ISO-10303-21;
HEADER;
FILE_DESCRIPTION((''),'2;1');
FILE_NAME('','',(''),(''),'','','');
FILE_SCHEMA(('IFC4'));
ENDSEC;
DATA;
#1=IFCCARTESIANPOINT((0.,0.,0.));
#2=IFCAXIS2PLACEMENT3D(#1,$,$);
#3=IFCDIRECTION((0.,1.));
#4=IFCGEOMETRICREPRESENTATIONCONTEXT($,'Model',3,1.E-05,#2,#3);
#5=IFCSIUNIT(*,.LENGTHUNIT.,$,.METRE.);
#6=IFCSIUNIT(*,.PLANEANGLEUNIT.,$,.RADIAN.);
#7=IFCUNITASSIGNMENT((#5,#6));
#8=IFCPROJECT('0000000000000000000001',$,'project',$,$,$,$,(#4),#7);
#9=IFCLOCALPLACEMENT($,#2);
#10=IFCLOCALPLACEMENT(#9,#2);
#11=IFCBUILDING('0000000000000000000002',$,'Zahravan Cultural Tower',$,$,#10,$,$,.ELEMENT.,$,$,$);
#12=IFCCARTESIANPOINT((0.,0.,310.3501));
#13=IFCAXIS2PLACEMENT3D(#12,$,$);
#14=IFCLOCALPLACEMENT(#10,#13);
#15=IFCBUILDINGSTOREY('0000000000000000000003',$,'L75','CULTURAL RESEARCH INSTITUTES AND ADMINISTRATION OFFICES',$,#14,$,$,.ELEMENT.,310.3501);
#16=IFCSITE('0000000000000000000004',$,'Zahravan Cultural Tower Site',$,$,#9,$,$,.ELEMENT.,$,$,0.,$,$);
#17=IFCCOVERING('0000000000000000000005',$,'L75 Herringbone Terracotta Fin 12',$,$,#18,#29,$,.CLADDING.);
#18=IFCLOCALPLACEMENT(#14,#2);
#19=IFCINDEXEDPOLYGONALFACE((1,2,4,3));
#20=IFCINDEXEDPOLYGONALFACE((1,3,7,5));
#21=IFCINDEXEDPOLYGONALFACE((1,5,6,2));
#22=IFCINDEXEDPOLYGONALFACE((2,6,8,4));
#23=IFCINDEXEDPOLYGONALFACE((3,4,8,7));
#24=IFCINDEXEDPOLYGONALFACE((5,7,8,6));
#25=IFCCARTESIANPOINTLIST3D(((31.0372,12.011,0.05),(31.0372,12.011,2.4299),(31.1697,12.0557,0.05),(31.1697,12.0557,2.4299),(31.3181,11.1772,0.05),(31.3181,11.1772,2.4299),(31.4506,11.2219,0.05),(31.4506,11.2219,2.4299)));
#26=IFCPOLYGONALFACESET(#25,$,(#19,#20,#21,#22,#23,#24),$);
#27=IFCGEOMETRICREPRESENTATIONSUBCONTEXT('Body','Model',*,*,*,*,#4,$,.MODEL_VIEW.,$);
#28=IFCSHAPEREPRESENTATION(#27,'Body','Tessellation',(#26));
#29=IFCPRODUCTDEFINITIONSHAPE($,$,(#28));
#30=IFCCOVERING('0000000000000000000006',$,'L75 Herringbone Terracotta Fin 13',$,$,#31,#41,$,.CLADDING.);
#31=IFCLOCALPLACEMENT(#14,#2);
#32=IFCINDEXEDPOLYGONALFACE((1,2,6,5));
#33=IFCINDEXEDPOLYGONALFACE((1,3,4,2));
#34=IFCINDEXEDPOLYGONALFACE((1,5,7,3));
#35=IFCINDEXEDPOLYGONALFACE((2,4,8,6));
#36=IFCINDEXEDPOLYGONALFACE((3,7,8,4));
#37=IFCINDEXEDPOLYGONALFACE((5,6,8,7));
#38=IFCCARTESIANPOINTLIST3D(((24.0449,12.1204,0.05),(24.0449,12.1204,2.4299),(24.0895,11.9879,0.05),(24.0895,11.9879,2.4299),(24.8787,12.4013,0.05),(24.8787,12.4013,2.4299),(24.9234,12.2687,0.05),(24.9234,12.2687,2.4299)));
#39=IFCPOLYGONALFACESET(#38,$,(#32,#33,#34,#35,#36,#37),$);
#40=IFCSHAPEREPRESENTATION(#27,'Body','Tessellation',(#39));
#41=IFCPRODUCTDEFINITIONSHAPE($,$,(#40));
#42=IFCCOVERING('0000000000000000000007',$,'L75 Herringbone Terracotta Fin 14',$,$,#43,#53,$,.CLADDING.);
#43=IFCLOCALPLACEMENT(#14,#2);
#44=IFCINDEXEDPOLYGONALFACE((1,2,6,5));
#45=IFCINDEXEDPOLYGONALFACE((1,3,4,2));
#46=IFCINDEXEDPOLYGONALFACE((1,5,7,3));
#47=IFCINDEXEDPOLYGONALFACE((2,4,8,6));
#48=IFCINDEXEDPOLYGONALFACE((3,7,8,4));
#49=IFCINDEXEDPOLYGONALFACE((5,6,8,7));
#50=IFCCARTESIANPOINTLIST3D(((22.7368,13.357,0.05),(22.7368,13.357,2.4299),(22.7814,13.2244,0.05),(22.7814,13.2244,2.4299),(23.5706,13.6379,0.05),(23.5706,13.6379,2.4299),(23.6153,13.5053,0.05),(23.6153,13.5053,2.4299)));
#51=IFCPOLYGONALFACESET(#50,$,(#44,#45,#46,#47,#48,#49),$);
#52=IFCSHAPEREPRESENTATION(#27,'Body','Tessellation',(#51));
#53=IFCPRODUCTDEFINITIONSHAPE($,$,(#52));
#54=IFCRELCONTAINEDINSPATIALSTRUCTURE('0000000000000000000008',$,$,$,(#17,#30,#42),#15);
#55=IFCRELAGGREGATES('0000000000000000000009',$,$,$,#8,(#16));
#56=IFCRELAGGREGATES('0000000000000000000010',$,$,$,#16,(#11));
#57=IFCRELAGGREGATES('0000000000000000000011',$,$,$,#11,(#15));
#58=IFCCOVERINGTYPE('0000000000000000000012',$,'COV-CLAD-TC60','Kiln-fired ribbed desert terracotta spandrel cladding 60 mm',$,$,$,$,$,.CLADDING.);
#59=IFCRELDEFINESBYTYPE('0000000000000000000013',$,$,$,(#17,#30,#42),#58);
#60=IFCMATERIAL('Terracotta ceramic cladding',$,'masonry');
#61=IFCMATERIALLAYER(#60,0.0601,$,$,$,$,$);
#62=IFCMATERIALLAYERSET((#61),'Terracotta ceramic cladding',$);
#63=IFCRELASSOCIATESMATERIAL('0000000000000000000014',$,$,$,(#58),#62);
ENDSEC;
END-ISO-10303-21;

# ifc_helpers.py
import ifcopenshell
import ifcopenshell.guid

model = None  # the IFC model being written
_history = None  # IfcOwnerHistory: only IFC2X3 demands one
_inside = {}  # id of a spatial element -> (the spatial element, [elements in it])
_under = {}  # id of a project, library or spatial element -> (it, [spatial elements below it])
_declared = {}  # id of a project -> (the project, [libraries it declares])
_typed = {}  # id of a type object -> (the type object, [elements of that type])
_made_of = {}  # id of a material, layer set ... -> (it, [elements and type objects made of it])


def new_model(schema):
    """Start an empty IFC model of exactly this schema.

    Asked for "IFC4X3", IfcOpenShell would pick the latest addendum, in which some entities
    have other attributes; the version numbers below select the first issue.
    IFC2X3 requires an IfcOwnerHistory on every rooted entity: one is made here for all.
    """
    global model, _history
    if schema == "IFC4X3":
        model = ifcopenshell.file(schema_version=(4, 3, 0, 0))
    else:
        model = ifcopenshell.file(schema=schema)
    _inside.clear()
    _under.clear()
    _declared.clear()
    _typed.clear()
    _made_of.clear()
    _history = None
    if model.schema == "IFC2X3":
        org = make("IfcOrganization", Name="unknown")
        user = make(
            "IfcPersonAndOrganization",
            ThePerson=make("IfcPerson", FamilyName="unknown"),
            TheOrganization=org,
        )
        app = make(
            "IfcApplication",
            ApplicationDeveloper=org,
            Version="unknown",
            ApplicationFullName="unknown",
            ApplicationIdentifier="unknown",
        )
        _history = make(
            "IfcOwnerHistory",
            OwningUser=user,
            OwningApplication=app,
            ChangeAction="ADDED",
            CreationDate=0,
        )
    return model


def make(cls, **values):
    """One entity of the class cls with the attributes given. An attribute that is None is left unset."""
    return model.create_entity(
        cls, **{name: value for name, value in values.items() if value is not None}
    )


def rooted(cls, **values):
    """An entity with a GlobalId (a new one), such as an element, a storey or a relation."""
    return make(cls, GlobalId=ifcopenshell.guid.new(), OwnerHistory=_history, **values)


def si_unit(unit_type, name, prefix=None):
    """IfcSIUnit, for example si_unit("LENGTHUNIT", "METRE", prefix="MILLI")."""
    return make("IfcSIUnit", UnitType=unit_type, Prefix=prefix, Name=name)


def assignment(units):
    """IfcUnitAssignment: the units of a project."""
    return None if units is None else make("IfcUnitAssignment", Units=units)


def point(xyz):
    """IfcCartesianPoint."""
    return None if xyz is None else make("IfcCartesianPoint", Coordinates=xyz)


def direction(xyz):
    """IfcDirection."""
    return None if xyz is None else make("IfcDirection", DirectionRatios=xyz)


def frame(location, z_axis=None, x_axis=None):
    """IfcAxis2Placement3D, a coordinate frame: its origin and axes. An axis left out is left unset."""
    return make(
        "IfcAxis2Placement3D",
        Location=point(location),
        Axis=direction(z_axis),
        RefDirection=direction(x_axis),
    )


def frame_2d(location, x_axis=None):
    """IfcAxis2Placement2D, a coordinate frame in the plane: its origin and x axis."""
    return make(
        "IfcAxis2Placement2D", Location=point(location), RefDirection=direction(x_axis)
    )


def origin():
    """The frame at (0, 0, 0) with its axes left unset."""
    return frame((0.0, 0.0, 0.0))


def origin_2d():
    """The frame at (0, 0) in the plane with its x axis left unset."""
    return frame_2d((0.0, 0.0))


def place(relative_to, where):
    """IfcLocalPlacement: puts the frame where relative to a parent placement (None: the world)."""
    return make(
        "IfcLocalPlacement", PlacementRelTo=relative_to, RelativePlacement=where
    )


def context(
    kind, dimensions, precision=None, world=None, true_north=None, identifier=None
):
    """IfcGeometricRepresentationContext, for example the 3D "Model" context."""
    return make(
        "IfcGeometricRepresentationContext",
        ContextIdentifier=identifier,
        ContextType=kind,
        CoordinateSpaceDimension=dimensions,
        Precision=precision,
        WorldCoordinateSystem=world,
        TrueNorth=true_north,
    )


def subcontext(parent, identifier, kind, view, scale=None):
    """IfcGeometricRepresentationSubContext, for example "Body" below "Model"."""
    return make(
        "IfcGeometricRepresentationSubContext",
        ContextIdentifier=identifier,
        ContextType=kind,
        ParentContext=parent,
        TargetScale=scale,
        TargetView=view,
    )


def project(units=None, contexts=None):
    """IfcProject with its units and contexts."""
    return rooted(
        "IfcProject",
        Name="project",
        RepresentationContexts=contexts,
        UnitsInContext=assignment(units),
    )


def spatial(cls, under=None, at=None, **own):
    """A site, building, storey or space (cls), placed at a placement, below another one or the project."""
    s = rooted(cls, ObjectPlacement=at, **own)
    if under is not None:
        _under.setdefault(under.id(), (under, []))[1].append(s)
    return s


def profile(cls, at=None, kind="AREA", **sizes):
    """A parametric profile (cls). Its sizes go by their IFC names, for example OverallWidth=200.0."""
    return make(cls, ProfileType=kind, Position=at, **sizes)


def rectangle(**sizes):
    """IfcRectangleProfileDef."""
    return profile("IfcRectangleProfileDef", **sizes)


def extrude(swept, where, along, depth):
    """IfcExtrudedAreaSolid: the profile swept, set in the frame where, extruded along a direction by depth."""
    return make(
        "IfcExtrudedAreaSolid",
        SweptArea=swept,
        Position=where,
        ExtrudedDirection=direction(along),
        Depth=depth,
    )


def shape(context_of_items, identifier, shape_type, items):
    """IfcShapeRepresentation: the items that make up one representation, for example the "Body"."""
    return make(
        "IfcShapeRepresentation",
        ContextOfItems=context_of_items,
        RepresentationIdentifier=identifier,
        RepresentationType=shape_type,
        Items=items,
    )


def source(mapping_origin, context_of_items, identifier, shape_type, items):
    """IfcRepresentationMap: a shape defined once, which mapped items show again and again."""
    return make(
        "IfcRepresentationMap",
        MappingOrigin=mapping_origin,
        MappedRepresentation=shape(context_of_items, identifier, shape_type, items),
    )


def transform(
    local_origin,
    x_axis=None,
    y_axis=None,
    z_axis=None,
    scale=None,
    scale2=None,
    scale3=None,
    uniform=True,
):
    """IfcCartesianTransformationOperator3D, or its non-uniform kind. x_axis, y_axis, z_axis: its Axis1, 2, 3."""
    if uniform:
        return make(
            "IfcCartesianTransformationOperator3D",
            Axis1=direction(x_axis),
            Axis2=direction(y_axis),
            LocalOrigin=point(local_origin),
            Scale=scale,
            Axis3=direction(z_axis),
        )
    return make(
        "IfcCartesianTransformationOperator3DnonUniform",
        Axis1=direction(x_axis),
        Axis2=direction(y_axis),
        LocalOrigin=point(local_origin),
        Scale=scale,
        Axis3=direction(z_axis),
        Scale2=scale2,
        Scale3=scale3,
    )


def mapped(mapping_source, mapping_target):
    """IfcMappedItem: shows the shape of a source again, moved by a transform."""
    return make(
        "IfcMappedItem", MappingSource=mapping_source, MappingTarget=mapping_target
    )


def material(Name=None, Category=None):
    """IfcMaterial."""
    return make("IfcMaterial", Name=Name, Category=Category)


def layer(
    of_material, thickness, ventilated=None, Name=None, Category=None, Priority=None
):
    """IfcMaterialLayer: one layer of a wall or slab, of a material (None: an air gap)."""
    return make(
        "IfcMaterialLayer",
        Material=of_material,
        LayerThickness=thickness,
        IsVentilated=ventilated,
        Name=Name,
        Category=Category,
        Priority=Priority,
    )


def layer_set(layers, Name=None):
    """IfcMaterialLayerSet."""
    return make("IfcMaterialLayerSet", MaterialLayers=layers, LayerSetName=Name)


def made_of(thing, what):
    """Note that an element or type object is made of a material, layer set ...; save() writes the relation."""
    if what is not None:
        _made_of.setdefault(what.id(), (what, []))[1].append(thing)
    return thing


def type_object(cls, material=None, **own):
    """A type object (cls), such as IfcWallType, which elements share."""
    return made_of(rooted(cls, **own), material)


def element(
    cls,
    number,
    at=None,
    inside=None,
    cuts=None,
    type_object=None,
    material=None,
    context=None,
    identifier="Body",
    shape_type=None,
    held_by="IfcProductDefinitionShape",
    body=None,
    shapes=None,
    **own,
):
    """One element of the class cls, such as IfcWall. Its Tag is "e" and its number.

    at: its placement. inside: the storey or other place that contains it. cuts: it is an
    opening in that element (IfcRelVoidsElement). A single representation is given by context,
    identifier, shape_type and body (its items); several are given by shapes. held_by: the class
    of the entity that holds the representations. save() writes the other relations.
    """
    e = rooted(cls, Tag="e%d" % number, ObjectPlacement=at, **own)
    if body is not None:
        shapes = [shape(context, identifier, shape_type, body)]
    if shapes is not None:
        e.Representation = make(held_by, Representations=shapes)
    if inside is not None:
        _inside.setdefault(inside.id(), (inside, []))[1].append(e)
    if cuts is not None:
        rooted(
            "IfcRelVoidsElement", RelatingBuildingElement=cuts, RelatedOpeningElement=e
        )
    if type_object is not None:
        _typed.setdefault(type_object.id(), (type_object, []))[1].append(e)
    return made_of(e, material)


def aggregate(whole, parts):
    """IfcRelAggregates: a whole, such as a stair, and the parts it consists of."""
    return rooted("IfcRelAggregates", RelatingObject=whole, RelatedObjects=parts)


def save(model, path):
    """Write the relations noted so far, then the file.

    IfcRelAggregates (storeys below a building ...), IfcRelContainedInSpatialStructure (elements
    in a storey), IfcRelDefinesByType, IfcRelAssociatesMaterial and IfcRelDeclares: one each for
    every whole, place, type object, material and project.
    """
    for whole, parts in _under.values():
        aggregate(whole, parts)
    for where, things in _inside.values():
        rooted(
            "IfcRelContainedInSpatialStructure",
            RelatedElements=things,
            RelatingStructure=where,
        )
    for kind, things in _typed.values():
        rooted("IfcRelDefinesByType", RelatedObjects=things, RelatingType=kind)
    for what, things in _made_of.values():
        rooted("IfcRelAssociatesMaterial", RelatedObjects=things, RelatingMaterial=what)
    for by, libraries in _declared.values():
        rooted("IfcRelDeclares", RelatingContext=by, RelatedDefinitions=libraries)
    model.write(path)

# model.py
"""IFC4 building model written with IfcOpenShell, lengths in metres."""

from ifc_helpers import new_model, si_unit, direction, frame, origin, origin_2d, place, context, subcontext, project, spatial, rectangle, extrude, source, transform, mapped, material, layer, layer_set, type_object, element, save


model = new_model("IFC4")

# Units and contexts
model_context = context("Model", 3, precision=1e-05, world=origin(), true_north=direction((0.0, 1.0)))
body_context = subcontext(model_context, "Body", "Model", "MODEL_VIEW")
ifc_project = project(units=[si_unit("LENGTHUNIT", "METRE"), si_unit("PLANEANGLEUNIT", "RADIAN")], contexts=[model_context])

# Site, building, storey
site_placement = place(None, origin())
site = spatial("IfcSite", under=ifc_project, at=site_placement, Name="Zahravan Cultural Tower Site", CompositionType="ELEMENT", RefElevation=0.0)
building_placement = place(site_placement, origin())
building = spatial("IfcBuilding", under=site, at=building_placement, Name="Zahravan Cultural Tower", CompositionType="ELEMENT")
storey_placement = place(building_placement, frame((0.0, 0.0, 310.3501)))
storey = spatial("IfcBuildingStorey", under=building, at=storey_placement, Name="L75", Description="CULTURAL RESEARCH INSTITUTES AND ADMINISTRATION OFFICES", CompositionType="ELEMENT", Elevation=310.3501)

# Coverings
ifc_material_1 = material(Name="Terracotta ceramic cladding", Category="masonry")
ifc_layer_1 = layer(ifc_material_1, 0.0601)
ifc_layer_set_1 = layer_set([ifc_layer_1], Name="Terracotta ceramic cladding")
covering_type = type_object("IfcCoveringType", Name="COV-CLAD-TC60", Description="Kiln-fired ribbed desert terracotta spandrel cladding 60 mm", PredefinedType="CLADDING", material=ifc_layer_set_1)
shared_shape_1 = source(origin(), body_context, "Body", "SweptSolid", [
    extrude(rectangle(XDim=0.8799, YDim=0.1399, at=origin_2d()), origin(), (0.0, 0.0, 1.0), 2.3799),
])
for number, where, z_axis, x_axis, name in (
    (1, (31.2439, 11.6165, 0.05), (0.0, 0.0, 1.0), (0.319241, -0.947674, 0.0), "L75 Herringbone Terracotta Fin 12"),
    (2, (24.4841, 12.1946, 0.05), (0.0, 0.0, 1.0), (-0.947679, -0.319224, 0.0), "L75 Herringbone Terracotta Fin 13"),
    (3, (23.176, 13.4312, 0.05), (0.0, 0.0, 1.0), (-0.947679, -0.319224, 0.0), "L75 Herringbone Terracotta Fin 14"),
):
    element("IfcCovering", number, at=place(storey_placement, frame(where, z_axis=z_axis, x_axis=x_axis)), inside=storey, type_object=covering_type, Name=name, PredefinedType="CLADDING", context=body_context, shape_type="MappedRepresentation", body=[
        mapped(shared_shape_1, transform((0.0, 0.0, 0.0), x_axis=(1.0, 0.0, 0.0), y_axis=(0.0, 1.0, 0.0), z_axis=(0.0, 0.0, 1.0), scale=1.0)),
    ])

save(model, "model.ifc")
